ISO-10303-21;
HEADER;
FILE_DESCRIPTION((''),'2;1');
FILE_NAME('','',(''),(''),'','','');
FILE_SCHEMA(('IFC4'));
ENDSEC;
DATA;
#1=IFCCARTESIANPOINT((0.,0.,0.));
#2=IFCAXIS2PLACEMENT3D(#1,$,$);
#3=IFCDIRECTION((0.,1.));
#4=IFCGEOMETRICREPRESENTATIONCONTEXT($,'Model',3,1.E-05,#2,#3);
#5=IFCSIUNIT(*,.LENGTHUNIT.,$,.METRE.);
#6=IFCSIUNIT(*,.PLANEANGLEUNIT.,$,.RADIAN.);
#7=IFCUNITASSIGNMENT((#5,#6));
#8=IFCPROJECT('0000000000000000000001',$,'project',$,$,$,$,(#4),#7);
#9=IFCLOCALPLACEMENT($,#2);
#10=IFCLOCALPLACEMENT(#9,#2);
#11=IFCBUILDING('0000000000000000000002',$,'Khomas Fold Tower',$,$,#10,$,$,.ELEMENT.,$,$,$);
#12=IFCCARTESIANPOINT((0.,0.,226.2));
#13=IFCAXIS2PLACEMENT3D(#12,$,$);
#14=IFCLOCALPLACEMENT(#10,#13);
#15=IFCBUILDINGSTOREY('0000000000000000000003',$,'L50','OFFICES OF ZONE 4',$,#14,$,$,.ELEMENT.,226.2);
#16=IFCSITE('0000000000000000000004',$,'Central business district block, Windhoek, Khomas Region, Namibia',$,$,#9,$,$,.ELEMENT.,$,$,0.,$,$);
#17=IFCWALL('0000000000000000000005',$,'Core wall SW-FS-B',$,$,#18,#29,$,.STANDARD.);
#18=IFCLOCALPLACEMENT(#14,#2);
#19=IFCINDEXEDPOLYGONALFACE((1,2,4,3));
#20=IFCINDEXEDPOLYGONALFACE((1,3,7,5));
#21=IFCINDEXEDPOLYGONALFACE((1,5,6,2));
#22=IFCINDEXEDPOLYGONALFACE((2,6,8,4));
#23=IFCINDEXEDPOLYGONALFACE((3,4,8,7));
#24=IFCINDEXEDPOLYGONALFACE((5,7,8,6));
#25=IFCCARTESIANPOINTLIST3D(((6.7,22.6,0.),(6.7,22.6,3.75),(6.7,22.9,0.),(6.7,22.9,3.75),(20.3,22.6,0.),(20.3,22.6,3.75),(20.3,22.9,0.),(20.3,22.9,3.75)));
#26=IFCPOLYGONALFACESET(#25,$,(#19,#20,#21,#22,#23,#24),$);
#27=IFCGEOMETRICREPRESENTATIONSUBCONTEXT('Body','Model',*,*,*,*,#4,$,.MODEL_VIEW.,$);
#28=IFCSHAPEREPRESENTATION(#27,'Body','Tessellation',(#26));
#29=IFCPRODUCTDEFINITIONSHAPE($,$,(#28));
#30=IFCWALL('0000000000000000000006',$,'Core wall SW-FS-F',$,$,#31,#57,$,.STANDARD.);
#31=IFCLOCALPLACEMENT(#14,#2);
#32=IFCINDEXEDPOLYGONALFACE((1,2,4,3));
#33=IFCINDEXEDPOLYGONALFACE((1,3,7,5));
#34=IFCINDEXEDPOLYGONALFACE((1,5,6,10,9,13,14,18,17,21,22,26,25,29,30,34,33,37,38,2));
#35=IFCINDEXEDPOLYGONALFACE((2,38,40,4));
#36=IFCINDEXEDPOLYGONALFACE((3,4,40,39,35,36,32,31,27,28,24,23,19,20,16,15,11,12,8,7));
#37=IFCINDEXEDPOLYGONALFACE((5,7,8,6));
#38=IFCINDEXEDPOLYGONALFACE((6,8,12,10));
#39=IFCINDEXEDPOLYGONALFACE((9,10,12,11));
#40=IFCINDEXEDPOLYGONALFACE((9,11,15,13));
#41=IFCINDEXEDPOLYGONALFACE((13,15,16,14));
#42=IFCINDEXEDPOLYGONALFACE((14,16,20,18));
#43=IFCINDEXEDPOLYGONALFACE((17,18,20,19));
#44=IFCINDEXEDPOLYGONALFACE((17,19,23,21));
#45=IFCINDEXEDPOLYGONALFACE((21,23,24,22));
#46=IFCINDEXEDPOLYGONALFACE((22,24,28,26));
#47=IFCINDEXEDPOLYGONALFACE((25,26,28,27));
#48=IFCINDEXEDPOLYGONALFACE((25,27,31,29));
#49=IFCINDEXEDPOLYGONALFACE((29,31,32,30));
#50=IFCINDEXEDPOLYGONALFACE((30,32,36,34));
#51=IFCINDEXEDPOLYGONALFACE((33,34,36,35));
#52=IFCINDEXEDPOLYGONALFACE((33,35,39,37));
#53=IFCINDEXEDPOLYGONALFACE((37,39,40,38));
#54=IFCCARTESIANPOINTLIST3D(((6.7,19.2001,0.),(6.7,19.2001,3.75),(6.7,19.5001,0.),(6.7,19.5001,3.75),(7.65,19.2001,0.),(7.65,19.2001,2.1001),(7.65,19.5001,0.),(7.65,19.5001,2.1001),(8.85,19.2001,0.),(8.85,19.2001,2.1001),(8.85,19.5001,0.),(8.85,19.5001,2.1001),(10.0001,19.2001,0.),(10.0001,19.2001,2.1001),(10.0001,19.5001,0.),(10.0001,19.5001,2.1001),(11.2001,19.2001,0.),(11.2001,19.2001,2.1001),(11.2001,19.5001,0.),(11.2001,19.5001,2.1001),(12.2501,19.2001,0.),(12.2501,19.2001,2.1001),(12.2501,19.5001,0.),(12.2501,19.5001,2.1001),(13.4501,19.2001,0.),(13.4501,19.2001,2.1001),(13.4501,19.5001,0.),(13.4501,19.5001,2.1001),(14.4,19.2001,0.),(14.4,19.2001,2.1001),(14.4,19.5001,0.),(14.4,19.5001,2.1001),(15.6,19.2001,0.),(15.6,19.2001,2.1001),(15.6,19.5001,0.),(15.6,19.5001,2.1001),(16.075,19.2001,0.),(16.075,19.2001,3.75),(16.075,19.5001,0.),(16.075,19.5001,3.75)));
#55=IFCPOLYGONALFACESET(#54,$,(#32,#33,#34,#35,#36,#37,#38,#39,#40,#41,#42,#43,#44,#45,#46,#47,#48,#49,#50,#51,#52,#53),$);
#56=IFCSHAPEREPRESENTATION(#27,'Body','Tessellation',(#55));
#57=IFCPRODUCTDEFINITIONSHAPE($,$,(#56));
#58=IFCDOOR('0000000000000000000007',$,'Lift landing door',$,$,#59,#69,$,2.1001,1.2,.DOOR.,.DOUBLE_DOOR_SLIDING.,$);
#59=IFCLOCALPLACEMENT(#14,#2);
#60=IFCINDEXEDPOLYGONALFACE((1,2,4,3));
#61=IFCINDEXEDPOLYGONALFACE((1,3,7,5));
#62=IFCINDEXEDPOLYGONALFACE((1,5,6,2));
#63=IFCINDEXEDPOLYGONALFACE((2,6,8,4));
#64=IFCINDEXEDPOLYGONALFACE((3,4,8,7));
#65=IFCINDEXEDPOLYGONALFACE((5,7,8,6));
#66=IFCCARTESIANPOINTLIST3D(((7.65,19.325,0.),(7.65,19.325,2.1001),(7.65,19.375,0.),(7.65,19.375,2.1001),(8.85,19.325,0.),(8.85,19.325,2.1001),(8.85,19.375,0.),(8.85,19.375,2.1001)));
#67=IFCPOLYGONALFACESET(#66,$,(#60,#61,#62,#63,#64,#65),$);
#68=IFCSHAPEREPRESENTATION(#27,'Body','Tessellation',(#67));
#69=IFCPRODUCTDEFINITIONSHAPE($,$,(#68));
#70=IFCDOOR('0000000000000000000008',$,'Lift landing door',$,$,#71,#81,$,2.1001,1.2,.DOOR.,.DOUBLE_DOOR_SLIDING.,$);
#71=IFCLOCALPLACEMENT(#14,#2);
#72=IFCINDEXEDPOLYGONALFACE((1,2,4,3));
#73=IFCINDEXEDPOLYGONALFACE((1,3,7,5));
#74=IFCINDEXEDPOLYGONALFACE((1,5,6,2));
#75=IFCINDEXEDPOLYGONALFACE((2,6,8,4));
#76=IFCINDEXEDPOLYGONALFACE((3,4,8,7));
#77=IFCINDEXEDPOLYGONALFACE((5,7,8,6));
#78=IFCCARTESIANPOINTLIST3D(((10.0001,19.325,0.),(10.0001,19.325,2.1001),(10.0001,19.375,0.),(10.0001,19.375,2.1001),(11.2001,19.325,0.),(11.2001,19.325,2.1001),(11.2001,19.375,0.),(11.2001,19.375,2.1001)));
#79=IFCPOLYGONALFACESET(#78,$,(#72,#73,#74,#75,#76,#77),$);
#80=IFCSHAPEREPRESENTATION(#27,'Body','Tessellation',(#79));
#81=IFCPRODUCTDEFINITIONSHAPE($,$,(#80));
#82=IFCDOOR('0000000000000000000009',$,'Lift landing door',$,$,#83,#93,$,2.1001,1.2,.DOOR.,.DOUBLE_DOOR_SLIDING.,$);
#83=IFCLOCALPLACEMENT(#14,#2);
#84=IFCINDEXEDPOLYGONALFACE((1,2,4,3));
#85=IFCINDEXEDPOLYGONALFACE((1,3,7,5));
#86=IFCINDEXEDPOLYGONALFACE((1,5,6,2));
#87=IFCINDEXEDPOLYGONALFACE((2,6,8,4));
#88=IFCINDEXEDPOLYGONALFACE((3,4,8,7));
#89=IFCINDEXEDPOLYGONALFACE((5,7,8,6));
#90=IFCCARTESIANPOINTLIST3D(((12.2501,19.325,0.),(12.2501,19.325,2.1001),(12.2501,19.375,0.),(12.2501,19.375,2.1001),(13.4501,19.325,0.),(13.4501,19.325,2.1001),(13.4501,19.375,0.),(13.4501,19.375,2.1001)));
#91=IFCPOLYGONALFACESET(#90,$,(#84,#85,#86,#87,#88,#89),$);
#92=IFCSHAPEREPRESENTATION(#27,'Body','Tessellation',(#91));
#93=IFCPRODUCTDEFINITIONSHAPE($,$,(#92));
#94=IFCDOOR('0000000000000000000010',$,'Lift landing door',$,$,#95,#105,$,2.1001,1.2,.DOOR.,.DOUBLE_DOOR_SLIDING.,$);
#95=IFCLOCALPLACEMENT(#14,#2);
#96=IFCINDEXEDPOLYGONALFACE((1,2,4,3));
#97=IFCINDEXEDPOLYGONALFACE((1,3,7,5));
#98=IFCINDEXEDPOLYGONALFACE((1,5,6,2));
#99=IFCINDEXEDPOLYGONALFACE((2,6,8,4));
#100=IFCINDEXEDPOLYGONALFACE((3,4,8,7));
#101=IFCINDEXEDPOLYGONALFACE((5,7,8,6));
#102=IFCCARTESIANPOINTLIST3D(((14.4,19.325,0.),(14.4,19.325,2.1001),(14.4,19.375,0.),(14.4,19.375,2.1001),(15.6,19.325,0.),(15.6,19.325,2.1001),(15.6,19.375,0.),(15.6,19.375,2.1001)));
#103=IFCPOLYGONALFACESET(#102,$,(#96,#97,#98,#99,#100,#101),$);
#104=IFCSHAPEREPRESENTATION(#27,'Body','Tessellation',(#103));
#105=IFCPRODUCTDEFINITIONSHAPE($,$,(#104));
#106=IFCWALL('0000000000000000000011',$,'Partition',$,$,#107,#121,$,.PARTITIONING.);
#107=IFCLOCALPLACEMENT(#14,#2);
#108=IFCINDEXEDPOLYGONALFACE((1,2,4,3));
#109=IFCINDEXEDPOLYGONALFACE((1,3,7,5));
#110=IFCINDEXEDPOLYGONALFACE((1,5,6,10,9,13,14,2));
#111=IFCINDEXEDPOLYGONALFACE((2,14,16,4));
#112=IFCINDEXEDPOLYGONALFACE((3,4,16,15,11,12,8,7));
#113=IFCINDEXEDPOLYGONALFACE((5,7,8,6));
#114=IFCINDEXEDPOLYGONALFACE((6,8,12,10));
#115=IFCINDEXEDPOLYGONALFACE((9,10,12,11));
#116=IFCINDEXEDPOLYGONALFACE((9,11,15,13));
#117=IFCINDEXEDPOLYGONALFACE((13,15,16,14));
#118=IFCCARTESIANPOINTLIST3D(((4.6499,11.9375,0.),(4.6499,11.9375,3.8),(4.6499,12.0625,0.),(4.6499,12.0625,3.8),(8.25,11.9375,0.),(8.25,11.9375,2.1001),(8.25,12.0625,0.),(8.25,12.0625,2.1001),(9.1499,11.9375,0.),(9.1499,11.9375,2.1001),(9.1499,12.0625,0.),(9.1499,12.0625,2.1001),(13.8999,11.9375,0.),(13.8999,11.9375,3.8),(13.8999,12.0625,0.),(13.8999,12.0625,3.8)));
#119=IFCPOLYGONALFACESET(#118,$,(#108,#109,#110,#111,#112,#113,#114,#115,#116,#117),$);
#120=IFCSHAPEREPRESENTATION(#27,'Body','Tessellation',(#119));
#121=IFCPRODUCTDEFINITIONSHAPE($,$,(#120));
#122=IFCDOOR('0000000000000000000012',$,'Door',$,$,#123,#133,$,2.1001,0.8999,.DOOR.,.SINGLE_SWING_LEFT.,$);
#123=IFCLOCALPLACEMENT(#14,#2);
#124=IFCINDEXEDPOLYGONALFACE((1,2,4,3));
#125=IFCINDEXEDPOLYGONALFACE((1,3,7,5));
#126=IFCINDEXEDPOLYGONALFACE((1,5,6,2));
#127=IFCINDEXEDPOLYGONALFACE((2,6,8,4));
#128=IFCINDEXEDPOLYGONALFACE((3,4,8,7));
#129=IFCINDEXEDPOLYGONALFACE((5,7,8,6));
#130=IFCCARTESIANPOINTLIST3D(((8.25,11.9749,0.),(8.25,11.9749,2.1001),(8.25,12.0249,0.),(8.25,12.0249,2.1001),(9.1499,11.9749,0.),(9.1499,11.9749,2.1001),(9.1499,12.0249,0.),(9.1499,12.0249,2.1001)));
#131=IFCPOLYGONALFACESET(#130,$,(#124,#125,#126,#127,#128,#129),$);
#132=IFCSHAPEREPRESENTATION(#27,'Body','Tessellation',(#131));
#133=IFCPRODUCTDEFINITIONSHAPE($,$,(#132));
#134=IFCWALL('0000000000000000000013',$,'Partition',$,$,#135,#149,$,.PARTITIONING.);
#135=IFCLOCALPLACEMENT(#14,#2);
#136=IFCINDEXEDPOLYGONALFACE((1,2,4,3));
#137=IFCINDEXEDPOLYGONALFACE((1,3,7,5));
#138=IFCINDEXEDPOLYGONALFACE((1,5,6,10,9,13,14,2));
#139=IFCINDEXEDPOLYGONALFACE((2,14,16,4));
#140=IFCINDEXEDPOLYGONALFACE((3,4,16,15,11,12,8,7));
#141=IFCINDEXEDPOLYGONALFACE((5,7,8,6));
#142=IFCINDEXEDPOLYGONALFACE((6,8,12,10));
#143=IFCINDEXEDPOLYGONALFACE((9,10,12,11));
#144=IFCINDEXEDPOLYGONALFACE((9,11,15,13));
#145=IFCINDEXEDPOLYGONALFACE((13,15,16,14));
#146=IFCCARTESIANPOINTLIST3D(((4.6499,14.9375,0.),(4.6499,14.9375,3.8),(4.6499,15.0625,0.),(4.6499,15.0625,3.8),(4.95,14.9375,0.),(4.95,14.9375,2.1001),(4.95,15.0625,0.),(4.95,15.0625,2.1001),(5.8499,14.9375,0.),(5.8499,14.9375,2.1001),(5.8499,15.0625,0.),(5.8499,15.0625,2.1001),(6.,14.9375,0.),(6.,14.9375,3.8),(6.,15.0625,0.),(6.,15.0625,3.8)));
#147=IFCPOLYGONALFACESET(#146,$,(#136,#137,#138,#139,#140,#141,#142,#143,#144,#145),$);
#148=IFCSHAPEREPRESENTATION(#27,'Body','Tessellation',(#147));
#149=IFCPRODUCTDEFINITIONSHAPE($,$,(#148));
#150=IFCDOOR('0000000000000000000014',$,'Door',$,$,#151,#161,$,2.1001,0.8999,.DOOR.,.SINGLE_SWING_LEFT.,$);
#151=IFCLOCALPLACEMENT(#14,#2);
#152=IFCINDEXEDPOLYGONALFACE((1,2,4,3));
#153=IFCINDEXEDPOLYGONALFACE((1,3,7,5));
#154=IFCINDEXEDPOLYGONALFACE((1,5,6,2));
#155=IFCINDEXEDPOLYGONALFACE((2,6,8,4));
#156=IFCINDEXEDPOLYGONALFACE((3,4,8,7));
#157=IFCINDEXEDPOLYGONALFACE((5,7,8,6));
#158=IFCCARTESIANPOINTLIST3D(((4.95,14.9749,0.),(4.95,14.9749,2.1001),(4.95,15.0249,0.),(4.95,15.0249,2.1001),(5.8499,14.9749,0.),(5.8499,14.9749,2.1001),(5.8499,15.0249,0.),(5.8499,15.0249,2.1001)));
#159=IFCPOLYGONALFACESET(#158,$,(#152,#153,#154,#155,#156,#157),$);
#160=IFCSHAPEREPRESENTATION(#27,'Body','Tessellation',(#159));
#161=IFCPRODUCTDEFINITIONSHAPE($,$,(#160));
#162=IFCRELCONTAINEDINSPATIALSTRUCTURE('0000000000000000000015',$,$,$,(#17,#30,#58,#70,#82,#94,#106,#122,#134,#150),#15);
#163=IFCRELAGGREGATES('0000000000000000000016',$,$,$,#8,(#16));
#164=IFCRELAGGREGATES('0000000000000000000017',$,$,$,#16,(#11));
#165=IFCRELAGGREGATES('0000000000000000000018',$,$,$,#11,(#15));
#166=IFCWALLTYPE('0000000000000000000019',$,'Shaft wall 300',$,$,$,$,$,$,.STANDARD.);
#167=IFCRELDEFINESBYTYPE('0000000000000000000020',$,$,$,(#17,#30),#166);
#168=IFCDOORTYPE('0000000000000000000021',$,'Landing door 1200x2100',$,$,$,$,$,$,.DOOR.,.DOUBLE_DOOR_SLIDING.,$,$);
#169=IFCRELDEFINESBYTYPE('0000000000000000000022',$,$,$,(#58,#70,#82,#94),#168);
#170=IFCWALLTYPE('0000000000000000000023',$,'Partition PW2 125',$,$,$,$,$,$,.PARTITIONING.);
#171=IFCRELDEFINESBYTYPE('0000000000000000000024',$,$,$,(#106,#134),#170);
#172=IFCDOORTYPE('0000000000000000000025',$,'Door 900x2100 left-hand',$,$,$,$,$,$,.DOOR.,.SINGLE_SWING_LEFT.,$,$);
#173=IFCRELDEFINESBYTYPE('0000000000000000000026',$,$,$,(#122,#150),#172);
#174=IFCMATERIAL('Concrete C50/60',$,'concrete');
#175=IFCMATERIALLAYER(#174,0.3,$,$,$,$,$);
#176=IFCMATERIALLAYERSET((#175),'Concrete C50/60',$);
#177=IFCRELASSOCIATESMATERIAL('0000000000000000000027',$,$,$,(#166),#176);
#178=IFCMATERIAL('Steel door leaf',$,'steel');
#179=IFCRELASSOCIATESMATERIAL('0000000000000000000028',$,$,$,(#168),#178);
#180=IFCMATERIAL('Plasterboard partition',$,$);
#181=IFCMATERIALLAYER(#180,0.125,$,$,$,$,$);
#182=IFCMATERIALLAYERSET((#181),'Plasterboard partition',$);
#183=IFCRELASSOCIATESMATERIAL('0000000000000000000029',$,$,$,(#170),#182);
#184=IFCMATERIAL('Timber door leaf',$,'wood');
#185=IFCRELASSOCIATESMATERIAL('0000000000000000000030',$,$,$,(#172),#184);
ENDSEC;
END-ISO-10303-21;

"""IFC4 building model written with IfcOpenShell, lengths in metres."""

from ifc_helpers import new_model, si_unit, direction, frame, frame_2d, origin, place, context, subcontext, project, spatial, rectangle, extrude, source, transform, mapped, material, layer, layer_set, type_object, element, fill, save


model = new_model("IFC4")

# Units and contexts
model_context = context("Model", 3, precision=1e-05, world=origin(), true_north=direction((0.0, 1.0)))
body_context = subcontext(model_context, "Body", "Model", "MODEL_VIEW")
ifc_project = project(units=[si_unit("LENGTHUNIT", "METRE"), si_unit("PLANEANGLEUNIT", "RADIAN")], contexts=[model_context])

# Site, building, storey
site_placement = place(None, origin())
site = spatial("IfcSite", under=ifc_project, at=site_placement, Name="Central business district block, Windhoek, Khomas Region, Namibia", CompositionType="ELEMENT", RefElevation=0.0)
building_placement = place(site_placement, origin())
building = spatial("IfcBuilding", under=site, at=building_placement, Name="Khomas Fold Tower", CompositionType="ELEMENT")
storey_placement = place(building_placement, frame((0.0, 0.0, 226.2)))
storey = spatial("IfcBuildingStorey", under=building, at=storey_placement, Name="L50", Description="OFFICES OF ZONE 4", CompositionType="ELEMENT", Elevation=226.2)

# Wall
ifc_material_1 = material(Name="Concrete C50/60", Category="concrete")
ifc_layer_1 = layer(ifc_material_1, 0.3)
ifc_layer_set_1 = layer_set([ifc_layer_1], Name="Concrete C50/60")
wall_type_1 = type_object("IfcWallType", Name="Shaft wall 300", PredefinedType="STANDARD", material=ifc_layer_set_1)
shared_shape_1 = source(origin(), body_context, "Body", "SweptSolid", [
    extrude(rectangle(XDim=13.6001, YDim=0.3, at=frame_2d((6.8, 0.0))), origin(), (0.0, 0.0, 1.0), 3.75),
])
wall_1_placement = place(storey_placement, frame((6.7, 22.75, 0.0), z_axis=(0.0, 0.0, 1.0), x_axis=(1.0, 0.0, 0.0)))
element("IfcWall", 1, at=wall_1_placement, inside=storey, type_object=wall_type_1, Name="Core wall SW-FS-B", PredefinedType="STANDARD", context=body_context, shape_type="MappedRepresentation", body=[
    mapped(shared_shape_1, transform((0.0, 0.0, 0.0))),
])

# Wall, openings, doors
shared_shape_2 = source(origin(), body_context, "Body", "SweptSolid", [
    extrude(rectangle(XDim=9.375, YDim=0.3, at=frame_2d((4.6875, 0.0))), origin(), (0.0, 0.0, 1.0), 3.75),
])
wall_2_placement = place(storey_placement, frame((6.7, 19.3501, 0.0), z_axis=(0.0, 0.0, 1.0), x_axis=(1.0, 0.0, 0.0)))
wall_2 = element("IfcWall", 2, at=wall_2_placement, inside=storey, type_object=wall_type_1, Name="Core wall SW-FS-F", PredefinedType="STANDARD", context=body_context, shape_type="MappedRepresentation", body=[
    mapped(shared_shape_2, transform((0.0, 0.0, 0.0))),
])
shared_shape_3 = source(origin(), body_context, "Body", "SweptSolid", [
    extrude(rectangle(XDim=1.2, YDim=2.1001, at=frame_2d((0.6001, 1.05))), frame((0.0, 0.1599, 0.0), z_axis=(0.0, -1.0, 0.0), x_axis=(1.0, 0.0, 0.0)), (0.0, 0.0, 1.0), 0.3201),
])
opening_1_placement = place(wall_2_placement, frame((0.95, 0.0, 0.0)))
opening_1 = element("IfcOpeningElement", 3, at=opening_1_placement, cuts=wall_2, PredefinedType="OPENING", context=body_context, shape_type="MappedRepresentation", body=[
    mapped(shared_shape_3, transform((0.0, 0.0, 0.0))),
])
opening_2_placement = place(wall_2_placement, frame((3.3, 0.0, 0.0)))
opening_2 = element("IfcOpeningElement", 4, at=opening_2_placement, cuts=wall_2, PredefinedType="OPENING", context=body_context, shape_type="MappedRepresentation", body=[
    mapped(shared_shape_3, transform((0.0, 0.0, 0.0))),
])
opening_3_placement = place(wall_2_placement, frame((5.55, 0.0, 0.0)))
opening_3 = element("IfcOpeningElement", 5, at=opening_3_placement, cuts=wall_2, PredefinedType="OPENING", context=body_context, shape_type="MappedRepresentation", body=[
    mapped(shared_shape_3, transform((0.0, 0.0, 0.0))),
])
opening_4_placement = place(wall_2_placement, frame((7.7, 0.0, 0.0)))
opening_4 = element("IfcOpeningElement", 6, at=opening_4_placement, cuts=wall_2, PredefinedType="OPENING", context=body_context, shape_type="MappedRepresentation", body=[
    mapped(shared_shape_3, transform((0.0, 0.0, 0.0))),
])
ifc_material_2 = material(Name="Steel door leaf", Category="steel")
door_type_1 = type_object("IfcDoorType", Name="Landing door 1200x2100", OperationType="DOUBLE_DOOR_SLIDING", PredefinedType="DOOR", material=ifc_material_2)
shared_shape_4 = source(origin(), body_context, "Body", "SweptSolid", [
    extrude(rectangle(XDim=1.2, YDim=2.1001, at=frame_2d((0.6001, 1.05))), frame((0.0, 0.0249, 0.0), z_axis=(0.0, -1.0, 0.0), x_axis=(1.0, 0.0, 0.0)), (0.0, 0.0, 1.0), 0.05),
])
door_1_placement = place(opening_1_placement, origin())
door_1 = element("IfcDoor", 7, at=door_1_placement, inside=storey, type_object=door_type_1, Name="Lift landing door", OperationType="DOUBLE_DOOR_SLIDING", OverallHeight=2.1001, OverallWidth=1.2, PredefinedType="DOOR", context=body_context, shape_type="MappedRepresentation", body=[
    mapped(shared_shape_4, transform((0.0, 0.0, 0.0))),
])
fill(opening_1, door_1)
door_2_placement = place(opening_2_placement, origin())
door_2 = element("IfcDoor", 8, at=door_2_placement, inside=storey, type_object=door_type_1, Name="Lift landing door", OperationType="DOUBLE_DOOR_SLIDING", OverallHeight=2.1001, OverallWidth=1.2, PredefinedType="DOOR", context=body_context, shape_type="MappedRepresentation", body=[
    mapped(shared_shape_4, transform((0.0, 0.0, 0.0))),
])
fill(opening_2, door_2)
door_3_placement = place(opening_3_placement, origin())
door_3 = element("IfcDoor", 9, at=door_3_placement, inside=storey, type_object=door_type_1, Name="Lift landing door", OperationType="DOUBLE_DOOR_SLIDING", OverallHeight=2.1001, OverallWidth=1.2, PredefinedType="DOOR", context=body_context, shape_type="MappedRepresentation", body=[
    mapped(shared_shape_4, transform((0.0, 0.0, 0.0))),
])
fill(opening_3, door_3)
door_4_placement = place(opening_4_placement, origin())
door_4 = element("IfcDoor", 10, at=door_4_placement, inside=storey, type_object=door_type_1, Name="Lift landing door", OperationType="DOUBLE_DOOR_SLIDING", OverallHeight=2.1001, OverallWidth=1.2, PredefinedType="DOOR", context=body_context, shape_type="MappedRepresentation", body=[
    mapped(shared_shape_4, transform((0.0, 0.0, 0.0))),
])
fill(opening_4, door_4)

# Walls, openings, doors
ifc_material_3 = material(Name="Plasterboard partition")
ifc_layer_2 = layer(ifc_material_3, 0.125)
ifc_layer_set_2 = layer_set([ifc_layer_2], Name="Plasterboard partition")
wall_type_2 = type_object("IfcWallType", Name="Partition PW2 125", PredefinedType="PARTITIONING", material=ifc_layer_set_2)
shared_shape_5 = source(origin(), body_context, "Body", "SweptSolid", [
    extrude(rectangle(XDim=9.25, YDim=0.125, at=frame_2d((4.625, 0.0))), origin(), (0.0, 0.0, 1.0), 3.8),
])
wall_3_placement = place(storey_placement, frame((4.6499, 12.0, 0.0), z_axis=(0.0, 0.0, 1.0), x_axis=(1.0, 0.0, 0.0)))
wall_3 = element("IfcWall", 11, at=wall_3_placement, inside=storey, type_object=wall_type_2, Name="Partition", PredefinedType="PARTITIONING", context=body_context, shape_type="MappedRepresentation", body=[
    mapped(shared_shape_5, transform((0.0, 0.0, 0.0))),
])
shared_shape_6 = source(origin(), body_context, "Body", "SweptSolid", [
    extrude(rectangle(XDim=0.8999, YDim=2.1001, at=frame_2d((0.45, 1.05))), frame((0.0, 0.0725, 0.0), z_axis=(0.0, -1.0, 0.0), x_axis=(1.0, 0.0, 0.0)), (0.0, 0.0, 1.0), 0.145),
])
opening_5_placement = place(wall_3_placement, frame((3.6001, 0.0, 0.0)))
opening_5 = element("IfcOpeningElement", 12, at=opening_5_placement, cuts=wall_3, PredefinedType="OPENING", context=body_context, shape_type="MappedRepresentation", body=[
    mapped(shared_shape_6, transform((0.0, 0.0, 0.0))),
])
ifc_material_4 = material(Name="Timber door leaf", Category="wood")
door_type_2 = type_object("IfcDoorType", Name="Door 900x2100 left-hand", OperationType="SINGLE_SWING_LEFT", PredefinedType="DOOR", material=ifc_material_4)
shared_shape_7 = source(origin(), body_context, "Body", "SweptSolid", [
    extrude(rectangle(XDim=0.8999, YDim=2.1001, at=frame_2d((0.45, 1.05))), frame((0.0, 0.0249, 0.0), z_axis=(0.0, -1.0, 0.0), x_axis=(1.0, 0.0, 0.0)), (0.0, 0.0, 1.0), 0.05),
])
door_5_placement = place(opening_5_placement, origin())
door_5 = element("IfcDoor", 13, at=door_5_placement, inside=storey, type_object=door_type_2, Name="Door", OperationType="SINGLE_SWING_LEFT", OverallHeight=2.1001, OverallWidth=0.8999, PredefinedType="DOOR", context=body_context, shape_type="MappedRepresentation", body=[
    mapped(shared_shape_7, transform((0.0, 0.0, 0.0))),
])
fill(opening_5, door_5)
shared_shape_8 = source(origin(), body_context, "Body", "SweptSolid", [
    extrude(rectangle(XDim=1.3501, YDim=0.125, at=frame_2d((0.675, 0.0))), origin(), (0.0, 0.0, 1.0), 3.8),
])
wall_4_placement = place(storey_placement, frame((4.6499, 15.0, 0.0), z_axis=(0.0, 0.0, 1.0), x_axis=(1.0, 0.0, 0.0)))
wall_4 = element("IfcWall", 14, at=wall_4_placement, inside=storey, type_object=wall_type_2, Name="Partition", PredefinedType="PARTITIONING", context=body_context, shape_type="MappedRepresentation", body=[
    mapped(shared_shape_8, transform((0.0, 0.0, 0.0))),
])
opening_6_placement = place(wall_4_placement, frame((0.3, 0.0, 0.0)))
opening_6 = element("IfcOpeningElement", 15, at=opening_6_placement, cuts=wall_4, PredefinedType="OPENING", context=body_context, shape_type="MappedRepresentation", body=[
    mapped(shared_shape_6, transform((0.0, 0.0, 0.0))),
])
door_6_placement = place(opening_6_placement, origin())
door_6 = element("IfcDoor", 16, at=door_6_placement, inside=storey, type_object=door_type_2, Name="Door", OperationType="SINGLE_SWING_LEFT", OverallHeight=2.1001, OverallWidth=0.8999, PredefinedType="DOOR", context=body_context, shape_type="MappedRepresentation", body=[
    mapped(shared_shape_7, transform((0.0, 0.0, 0.0))),
])
fill(opening_6, door_6)

save(model, "model.ifc")
